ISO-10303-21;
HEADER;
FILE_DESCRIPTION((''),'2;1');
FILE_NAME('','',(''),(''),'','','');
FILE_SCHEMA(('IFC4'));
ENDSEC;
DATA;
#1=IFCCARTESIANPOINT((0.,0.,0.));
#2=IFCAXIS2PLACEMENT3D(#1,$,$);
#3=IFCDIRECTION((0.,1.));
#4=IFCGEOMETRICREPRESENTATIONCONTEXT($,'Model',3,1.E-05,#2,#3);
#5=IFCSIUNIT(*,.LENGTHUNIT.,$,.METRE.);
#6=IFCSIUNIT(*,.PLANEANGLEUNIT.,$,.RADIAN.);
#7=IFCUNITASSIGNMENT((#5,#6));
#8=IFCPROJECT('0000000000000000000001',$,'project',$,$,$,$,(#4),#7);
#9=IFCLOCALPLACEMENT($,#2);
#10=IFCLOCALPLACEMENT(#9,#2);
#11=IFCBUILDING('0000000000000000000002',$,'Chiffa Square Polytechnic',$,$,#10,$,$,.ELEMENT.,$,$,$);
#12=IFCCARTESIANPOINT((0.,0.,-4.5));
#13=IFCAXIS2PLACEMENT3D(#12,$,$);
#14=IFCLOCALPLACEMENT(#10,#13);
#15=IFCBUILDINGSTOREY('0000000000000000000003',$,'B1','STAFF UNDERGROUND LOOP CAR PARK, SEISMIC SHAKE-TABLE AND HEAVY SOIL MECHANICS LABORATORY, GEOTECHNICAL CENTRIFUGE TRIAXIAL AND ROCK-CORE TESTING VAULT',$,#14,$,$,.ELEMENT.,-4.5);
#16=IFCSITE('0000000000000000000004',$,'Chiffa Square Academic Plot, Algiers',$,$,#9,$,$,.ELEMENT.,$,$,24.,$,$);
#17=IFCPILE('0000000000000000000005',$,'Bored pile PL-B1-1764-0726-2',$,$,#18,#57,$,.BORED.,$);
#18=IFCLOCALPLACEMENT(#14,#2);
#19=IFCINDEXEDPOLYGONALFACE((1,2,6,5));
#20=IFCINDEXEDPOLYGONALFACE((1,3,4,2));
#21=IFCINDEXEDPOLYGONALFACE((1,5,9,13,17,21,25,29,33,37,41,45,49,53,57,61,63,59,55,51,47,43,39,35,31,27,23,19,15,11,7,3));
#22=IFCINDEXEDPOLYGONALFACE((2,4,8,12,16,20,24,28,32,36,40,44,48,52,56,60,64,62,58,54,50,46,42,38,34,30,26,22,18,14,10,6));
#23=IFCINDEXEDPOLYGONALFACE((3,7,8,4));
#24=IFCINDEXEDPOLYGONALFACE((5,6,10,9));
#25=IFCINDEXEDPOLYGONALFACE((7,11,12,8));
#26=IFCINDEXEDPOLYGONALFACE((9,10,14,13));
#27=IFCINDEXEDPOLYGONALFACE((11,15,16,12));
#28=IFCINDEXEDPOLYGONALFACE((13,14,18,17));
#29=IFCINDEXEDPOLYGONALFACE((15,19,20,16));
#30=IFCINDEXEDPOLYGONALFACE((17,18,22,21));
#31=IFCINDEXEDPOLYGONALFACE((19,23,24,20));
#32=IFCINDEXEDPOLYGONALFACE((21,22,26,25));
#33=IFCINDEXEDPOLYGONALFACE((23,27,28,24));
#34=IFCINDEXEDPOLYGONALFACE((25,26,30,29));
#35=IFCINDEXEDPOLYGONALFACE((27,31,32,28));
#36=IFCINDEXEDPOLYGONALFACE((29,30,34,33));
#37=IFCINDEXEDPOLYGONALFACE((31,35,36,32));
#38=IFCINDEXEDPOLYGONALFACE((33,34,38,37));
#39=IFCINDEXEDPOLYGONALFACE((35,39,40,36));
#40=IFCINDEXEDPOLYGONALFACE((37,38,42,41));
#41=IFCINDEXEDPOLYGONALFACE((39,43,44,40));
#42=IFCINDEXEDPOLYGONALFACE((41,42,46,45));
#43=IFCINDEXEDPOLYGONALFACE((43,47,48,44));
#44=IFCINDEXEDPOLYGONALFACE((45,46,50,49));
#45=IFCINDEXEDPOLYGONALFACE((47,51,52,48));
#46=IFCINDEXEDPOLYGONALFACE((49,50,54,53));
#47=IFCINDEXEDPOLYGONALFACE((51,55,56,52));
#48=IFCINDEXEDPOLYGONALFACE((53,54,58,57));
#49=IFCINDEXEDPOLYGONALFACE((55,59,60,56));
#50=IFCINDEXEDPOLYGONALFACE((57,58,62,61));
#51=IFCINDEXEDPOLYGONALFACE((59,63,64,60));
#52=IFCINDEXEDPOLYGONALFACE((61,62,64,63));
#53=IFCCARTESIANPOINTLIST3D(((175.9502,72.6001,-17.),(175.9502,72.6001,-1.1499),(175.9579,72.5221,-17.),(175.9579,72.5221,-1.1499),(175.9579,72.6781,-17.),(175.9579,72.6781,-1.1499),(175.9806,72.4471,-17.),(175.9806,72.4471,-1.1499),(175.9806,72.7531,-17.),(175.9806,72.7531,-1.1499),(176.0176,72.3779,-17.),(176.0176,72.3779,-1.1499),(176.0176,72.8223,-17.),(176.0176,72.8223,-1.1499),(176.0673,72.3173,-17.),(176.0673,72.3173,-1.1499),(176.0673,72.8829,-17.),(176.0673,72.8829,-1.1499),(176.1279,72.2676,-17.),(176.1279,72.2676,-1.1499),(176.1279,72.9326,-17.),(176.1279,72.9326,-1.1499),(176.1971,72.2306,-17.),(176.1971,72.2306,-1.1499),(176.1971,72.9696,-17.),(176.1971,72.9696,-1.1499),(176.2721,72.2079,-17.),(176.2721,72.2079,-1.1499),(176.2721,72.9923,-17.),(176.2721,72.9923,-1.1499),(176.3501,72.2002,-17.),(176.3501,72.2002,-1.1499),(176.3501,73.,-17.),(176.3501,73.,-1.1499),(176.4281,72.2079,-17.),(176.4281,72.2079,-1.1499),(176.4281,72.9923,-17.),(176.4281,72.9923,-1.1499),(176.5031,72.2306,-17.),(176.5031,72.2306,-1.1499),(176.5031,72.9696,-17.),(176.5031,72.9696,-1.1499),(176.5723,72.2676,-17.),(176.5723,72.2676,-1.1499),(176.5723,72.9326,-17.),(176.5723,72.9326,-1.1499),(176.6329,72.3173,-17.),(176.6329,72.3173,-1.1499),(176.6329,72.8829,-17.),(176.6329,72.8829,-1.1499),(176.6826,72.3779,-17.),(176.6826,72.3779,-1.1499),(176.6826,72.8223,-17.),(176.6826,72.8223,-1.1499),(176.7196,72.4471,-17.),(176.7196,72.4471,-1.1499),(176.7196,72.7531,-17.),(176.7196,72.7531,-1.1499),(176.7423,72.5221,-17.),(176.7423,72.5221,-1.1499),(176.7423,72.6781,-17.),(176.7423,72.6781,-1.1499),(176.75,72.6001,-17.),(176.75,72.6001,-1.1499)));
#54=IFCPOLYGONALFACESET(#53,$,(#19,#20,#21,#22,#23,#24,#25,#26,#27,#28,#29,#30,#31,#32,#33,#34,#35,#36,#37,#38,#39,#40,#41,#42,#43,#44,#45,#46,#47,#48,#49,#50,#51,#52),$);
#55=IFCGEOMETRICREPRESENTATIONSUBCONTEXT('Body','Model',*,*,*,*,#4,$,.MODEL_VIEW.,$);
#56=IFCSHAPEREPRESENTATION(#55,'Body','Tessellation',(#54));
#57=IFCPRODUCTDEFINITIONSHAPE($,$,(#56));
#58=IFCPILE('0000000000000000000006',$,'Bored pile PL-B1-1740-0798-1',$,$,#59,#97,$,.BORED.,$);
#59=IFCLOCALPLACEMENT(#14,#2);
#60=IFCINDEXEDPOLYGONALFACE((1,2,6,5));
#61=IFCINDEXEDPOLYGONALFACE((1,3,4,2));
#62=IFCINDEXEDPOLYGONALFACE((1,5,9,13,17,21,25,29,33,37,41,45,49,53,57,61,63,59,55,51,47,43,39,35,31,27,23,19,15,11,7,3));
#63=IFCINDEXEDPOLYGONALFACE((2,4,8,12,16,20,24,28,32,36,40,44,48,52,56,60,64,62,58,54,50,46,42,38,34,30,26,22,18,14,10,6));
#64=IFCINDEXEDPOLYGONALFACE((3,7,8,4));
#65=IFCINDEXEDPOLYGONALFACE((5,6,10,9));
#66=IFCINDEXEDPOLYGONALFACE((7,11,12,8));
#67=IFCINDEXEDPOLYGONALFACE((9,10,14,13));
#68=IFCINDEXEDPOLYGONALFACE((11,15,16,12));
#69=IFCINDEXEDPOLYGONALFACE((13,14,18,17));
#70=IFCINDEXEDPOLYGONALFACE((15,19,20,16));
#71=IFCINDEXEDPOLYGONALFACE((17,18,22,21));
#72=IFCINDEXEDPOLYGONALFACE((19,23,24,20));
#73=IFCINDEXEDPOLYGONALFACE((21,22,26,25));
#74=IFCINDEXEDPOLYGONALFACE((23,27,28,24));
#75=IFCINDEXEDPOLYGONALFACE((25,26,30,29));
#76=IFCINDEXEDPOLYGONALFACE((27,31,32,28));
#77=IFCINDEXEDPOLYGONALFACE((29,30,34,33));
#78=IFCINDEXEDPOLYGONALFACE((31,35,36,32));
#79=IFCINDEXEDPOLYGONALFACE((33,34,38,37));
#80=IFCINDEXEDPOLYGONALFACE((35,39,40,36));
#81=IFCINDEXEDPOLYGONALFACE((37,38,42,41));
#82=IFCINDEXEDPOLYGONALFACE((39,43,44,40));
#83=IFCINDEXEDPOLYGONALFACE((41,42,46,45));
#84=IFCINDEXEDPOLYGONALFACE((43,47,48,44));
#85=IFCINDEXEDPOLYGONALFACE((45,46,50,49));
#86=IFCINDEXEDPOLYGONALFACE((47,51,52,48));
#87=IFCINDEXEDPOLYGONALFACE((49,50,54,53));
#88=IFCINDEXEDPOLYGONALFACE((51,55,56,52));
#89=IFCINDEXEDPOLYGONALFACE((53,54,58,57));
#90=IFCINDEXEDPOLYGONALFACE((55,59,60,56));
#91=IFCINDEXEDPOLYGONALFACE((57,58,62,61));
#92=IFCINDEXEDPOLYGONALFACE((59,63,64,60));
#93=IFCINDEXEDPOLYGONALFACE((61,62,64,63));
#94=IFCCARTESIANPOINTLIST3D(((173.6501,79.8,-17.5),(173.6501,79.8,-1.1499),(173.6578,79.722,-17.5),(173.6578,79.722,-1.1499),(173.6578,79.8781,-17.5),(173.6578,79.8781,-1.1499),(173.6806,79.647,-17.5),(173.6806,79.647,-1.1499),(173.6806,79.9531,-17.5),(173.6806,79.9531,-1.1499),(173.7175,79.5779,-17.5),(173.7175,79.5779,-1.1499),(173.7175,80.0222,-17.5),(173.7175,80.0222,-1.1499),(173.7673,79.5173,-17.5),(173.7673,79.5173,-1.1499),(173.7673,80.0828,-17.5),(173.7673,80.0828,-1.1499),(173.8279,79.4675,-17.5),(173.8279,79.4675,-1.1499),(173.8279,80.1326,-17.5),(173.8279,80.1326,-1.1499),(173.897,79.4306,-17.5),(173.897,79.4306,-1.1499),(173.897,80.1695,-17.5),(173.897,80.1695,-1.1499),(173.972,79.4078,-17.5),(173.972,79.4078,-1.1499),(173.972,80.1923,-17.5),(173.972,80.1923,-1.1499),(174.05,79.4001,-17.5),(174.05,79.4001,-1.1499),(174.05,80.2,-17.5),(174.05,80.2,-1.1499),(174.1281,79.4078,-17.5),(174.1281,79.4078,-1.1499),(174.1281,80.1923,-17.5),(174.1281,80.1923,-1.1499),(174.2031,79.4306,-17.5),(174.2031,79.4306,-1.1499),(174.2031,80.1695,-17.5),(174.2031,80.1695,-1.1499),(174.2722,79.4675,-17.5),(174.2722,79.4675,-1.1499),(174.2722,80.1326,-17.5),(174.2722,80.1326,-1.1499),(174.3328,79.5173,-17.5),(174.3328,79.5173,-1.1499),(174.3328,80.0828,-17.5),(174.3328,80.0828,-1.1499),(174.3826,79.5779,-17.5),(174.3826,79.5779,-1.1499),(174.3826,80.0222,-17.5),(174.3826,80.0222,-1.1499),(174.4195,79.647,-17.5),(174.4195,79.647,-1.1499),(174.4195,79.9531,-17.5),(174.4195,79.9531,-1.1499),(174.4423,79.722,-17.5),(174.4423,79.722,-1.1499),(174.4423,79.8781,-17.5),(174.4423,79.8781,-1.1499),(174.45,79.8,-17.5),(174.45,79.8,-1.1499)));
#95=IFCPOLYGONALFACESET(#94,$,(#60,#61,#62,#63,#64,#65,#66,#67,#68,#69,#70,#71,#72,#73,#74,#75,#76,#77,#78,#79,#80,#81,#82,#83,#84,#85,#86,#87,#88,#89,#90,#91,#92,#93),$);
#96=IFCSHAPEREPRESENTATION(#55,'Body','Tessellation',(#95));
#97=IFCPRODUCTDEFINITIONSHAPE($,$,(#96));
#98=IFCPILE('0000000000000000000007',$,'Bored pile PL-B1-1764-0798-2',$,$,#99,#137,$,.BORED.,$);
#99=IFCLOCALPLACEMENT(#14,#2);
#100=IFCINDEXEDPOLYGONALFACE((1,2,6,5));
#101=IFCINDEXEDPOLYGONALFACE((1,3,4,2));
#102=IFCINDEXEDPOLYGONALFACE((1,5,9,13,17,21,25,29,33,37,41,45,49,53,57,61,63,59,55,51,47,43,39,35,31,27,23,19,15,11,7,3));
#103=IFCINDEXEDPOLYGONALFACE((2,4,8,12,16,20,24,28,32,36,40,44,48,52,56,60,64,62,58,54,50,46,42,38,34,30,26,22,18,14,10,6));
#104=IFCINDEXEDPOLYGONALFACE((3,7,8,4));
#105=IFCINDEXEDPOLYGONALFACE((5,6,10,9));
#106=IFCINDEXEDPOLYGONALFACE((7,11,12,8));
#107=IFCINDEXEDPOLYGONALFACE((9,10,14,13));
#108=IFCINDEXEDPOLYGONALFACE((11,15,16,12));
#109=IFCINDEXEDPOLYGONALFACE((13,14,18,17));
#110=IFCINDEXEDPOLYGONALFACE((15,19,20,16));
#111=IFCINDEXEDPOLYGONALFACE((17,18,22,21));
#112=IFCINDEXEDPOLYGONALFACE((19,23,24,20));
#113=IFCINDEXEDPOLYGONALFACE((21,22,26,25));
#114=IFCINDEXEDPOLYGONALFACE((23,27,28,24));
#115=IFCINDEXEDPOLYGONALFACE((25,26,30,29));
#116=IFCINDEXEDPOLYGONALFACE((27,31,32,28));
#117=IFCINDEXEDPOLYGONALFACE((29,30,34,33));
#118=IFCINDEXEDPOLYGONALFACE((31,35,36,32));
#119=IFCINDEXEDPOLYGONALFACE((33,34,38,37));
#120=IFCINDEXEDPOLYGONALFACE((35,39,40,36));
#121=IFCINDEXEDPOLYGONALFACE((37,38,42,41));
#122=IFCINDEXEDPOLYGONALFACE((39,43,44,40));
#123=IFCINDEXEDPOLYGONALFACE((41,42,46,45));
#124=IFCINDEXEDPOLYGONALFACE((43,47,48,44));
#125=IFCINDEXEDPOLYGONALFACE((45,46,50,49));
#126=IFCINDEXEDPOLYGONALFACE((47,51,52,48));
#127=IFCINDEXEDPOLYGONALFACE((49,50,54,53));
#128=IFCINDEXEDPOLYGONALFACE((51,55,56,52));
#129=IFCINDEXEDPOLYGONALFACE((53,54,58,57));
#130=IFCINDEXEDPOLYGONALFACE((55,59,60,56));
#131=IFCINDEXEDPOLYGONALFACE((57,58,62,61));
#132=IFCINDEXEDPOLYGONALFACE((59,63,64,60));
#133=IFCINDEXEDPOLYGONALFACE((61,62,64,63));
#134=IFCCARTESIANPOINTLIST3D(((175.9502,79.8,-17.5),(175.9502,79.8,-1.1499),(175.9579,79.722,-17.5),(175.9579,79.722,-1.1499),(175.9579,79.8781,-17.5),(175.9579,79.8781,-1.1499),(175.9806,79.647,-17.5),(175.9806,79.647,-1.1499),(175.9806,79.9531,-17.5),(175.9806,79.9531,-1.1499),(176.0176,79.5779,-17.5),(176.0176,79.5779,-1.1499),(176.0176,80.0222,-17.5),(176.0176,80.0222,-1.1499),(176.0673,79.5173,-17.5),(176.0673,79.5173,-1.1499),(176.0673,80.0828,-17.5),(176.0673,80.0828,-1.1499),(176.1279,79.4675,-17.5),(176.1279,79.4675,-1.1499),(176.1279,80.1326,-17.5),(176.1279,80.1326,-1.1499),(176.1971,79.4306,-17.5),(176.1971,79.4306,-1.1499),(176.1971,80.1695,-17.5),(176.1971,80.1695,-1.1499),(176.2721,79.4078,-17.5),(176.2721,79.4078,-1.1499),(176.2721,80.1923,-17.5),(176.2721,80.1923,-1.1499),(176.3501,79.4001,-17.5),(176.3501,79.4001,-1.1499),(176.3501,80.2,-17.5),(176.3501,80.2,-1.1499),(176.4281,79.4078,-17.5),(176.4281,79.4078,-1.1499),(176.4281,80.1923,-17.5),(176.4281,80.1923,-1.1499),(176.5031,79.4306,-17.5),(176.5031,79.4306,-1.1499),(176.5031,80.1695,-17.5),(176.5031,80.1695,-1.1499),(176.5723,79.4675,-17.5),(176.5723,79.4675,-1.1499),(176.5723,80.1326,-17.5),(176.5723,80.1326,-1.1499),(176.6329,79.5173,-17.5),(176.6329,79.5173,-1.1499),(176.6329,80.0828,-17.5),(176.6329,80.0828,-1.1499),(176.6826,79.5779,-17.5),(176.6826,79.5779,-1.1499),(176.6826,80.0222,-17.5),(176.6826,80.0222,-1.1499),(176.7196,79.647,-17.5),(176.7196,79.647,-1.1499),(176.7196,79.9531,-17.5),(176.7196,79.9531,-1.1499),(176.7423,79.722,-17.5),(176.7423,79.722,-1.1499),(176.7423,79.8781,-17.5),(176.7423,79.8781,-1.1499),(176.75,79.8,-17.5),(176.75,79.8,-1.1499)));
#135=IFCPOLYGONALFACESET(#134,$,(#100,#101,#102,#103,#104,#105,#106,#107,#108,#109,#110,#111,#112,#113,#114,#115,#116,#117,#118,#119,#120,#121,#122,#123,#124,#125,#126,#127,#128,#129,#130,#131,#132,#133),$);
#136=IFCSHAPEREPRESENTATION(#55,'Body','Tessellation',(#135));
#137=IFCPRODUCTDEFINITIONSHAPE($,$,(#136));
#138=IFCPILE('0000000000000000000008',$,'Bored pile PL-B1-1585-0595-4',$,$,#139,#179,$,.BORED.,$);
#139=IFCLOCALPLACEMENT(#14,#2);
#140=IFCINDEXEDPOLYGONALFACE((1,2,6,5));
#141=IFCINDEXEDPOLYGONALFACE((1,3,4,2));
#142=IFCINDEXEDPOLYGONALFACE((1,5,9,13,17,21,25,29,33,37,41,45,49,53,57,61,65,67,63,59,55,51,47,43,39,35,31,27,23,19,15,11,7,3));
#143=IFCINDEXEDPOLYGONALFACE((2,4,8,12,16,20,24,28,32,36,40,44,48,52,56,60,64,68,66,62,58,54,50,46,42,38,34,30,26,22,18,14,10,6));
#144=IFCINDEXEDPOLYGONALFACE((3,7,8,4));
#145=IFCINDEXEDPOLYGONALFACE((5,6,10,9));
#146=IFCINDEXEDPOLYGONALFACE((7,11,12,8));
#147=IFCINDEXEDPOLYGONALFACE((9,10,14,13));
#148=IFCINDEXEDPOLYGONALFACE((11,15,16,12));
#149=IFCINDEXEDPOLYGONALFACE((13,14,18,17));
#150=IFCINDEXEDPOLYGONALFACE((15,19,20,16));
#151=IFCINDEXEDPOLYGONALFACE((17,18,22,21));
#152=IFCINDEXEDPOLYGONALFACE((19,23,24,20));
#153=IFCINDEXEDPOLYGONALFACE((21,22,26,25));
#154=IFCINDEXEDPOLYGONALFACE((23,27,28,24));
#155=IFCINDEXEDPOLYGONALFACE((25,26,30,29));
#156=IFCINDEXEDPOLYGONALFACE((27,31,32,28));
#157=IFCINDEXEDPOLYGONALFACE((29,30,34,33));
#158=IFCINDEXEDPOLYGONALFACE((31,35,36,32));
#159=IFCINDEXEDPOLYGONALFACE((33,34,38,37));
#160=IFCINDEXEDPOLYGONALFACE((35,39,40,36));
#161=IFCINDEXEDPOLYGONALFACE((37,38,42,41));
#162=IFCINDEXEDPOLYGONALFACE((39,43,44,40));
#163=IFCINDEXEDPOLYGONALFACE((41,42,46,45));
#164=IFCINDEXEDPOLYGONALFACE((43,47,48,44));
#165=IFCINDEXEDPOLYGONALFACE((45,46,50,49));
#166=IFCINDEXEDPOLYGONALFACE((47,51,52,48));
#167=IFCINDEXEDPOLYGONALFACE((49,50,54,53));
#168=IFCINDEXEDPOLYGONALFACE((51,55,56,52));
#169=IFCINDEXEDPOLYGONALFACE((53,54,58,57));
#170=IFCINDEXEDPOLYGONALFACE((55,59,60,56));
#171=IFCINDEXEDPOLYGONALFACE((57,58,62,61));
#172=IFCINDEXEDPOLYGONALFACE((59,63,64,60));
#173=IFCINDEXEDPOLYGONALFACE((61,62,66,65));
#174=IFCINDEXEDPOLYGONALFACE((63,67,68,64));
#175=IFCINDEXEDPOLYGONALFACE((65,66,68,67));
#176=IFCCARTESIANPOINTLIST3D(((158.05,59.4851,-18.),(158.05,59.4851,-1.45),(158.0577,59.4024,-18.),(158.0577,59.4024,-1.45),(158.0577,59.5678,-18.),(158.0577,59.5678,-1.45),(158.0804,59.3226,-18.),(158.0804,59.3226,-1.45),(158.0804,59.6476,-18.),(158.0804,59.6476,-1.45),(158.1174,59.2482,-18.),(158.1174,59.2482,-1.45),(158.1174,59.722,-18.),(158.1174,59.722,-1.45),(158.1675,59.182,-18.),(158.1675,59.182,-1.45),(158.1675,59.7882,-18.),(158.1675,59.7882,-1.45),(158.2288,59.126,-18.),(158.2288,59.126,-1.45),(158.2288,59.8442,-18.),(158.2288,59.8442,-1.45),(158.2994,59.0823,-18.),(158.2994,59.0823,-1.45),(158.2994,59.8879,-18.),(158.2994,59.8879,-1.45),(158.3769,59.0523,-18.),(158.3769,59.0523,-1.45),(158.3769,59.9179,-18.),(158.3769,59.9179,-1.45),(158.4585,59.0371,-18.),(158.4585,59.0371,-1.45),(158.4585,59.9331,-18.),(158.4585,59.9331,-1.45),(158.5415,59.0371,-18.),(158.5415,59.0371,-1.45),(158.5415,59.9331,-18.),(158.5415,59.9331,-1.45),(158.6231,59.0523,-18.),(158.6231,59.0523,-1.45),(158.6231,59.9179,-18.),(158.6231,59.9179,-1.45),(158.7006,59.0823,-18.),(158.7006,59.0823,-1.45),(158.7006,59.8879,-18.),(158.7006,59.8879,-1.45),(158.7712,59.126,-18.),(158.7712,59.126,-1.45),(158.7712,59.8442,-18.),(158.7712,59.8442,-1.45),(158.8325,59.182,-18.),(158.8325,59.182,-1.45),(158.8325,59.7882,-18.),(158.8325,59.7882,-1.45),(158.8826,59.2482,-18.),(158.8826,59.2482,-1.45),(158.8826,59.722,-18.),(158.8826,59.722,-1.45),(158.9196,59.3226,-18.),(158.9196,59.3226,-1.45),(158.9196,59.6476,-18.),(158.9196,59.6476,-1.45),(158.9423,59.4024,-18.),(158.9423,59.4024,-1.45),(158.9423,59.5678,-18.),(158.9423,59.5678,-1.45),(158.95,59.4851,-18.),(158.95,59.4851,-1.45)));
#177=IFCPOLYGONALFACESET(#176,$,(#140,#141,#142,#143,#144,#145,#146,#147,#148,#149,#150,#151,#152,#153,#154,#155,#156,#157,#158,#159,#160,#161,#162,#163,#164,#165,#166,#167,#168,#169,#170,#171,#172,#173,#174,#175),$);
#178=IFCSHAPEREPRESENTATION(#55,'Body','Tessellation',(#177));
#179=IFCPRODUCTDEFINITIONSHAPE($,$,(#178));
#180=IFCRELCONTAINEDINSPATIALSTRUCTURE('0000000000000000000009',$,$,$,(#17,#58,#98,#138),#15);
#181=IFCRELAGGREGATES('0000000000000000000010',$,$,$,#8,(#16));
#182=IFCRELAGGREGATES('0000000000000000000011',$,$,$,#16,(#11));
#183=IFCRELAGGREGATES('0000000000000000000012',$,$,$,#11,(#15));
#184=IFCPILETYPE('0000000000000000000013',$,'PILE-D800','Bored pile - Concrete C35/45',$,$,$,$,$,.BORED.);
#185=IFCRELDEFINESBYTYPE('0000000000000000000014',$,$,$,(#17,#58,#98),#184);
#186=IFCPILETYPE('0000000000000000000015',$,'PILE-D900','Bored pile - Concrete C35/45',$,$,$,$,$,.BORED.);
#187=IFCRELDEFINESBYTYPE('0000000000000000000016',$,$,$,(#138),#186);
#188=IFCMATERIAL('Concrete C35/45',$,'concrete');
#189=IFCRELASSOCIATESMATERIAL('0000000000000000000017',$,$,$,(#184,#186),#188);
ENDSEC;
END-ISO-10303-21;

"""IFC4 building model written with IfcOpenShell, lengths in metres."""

from ifc_helpers import new_model, si_unit, direction, frame, origin, origin_2d, place, context, subcontext, project, spatial, circle, extrude, material, material_profile, profile_set, type_object, element, save


model = new_model("IFC4")

# Units and contexts
model_context = context("Model", 3, precision=1e-05, world=origin(), true_north=direction((0.0, 1.0)))
body_context = subcontext(model_context, "Body", "Model", "MODEL_VIEW")
ifc_project = project(units=[si_unit("LENGTHUNIT", "METRE"), si_unit("PLANEANGLEUNIT", "RADIAN")], contexts=[model_context])

# Site, building, storey
site_placement = place(None, origin())
site = spatial("IfcSite", under=ifc_project, at=site_placement, Name="Chiffa Square Academic Plot, Algiers", CompositionType="ELEMENT", RefElevation=24.0)
building_placement = place(site_placement, origin())
building = spatial("IfcBuilding", under=site, at=building_placement, Name="Chiffa Square Polytechnic", CompositionType="ELEMENT")
storey_placement = place(building_placement, frame((0.0, 0.0, -4.5)))
storey = spatial("IfcBuildingStorey", under=building, at=storey_placement, Name="B1", Description="STAFF UNDERGROUND LOOP CAR PARK, SEISMIC SHAKE-TABLE AND HEAVY SOIL MECHANICS LABORATORY, GEOTECHNICAL CENTRIFUGE TRIAXIAL AND ROCK-CORE TESTING VAULT", CompositionType="ELEMENT", Elevation=-4.5)

# Shared definitions
ifc_material = material(Name="Concrete C35/45", Category="concrete")

# Piles
ifc_material_profile_1 = material_profile(ifc_material, circle(Radius=0.3999, at=origin_2d()), Name="PILE D800")
ifc_profile_set_1 = profile_set([ifc_material_profile_1], Name="Concrete C35/45")
pile_type_1 = type_object("IfcPileType", Name="PILE-D800", Description="Bored pile - Concrete C35/45", PredefinedType="BORED", material=ifc_profile_set_1)
for number, where, z_axis, x_axis, name in (
    (1, (176.3501, 72.6001, -1.1499), (0.0, 0.0, -1.0), (1.0, 0.0, 0.0), "Bored pile PL-B1-1764-0726-2"),
):
    element("IfcPile", number, at=place(storey_placement, frame(where, z_axis=z_axis, x_axis=x_axis)), inside=storey, type_object=pile_type_1, Name=name, PredefinedType="BORED", context=body_context, shape_type="SweptSolid", body=[
        extrude(circle(Radius=0.3999, at=origin_2d()), origin(), (0.0, 0.0, 1.0), 15.8501),
    ])
for number, where, z_axis, x_axis, name in (
    (2, (174.05, 79.8, -1.1499), (0.0, 0.0, -1.0), (1.0, 0.0, 0.0), "Bored pile PL-B1-1740-0798-1"),
    (3, (176.3501, 79.8, -1.1499), (0.0, 0.0, -1.0), (1.0, 0.0, 0.0), "Bored pile PL-B1-1764-0798-2"),
):
    element("IfcPile", number, at=place(storey_placement, frame(where, z_axis=z_axis, x_axis=x_axis)), inside=storey, type_object=pile_type_1, Name=name, PredefinedType="BORED", context=body_context, shape_type="SweptSolid", body=[
        extrude(circle(Radius=0.3999, at=origin_2d()), origin(), (0.0, 0.0, 1.0), 16.3501),
    ])
ifc_material_profile_2 = material_profile(ifc_material, circle(Radius=0.45, at=origin_2d()), Name="PILE D900")
ifc_profile_set_2 = profile_set([ifc_material_profile_2], Name="Concrete C35/45")
pile_type_2 = type_object("IfcPileType", Name="PILE-D900", Description="Bored pile - Concrete C35/45", PredefinedType="BORED", material=ifc_profile_set_2)
pile_placement = place(storey_placement, frame((158.5, 59.4851, -1.45), z_axis=(0.0, 0.0, -1.0), x_axis=(1.0, 0.0, 0.0)))
element("IfcPile", 4, at=pile_placement, inside=storey, type_object=pile_type_2, Name="Bored pile PL-B1-1585-0595-4", PredefinedType="BORED", context=body_context, shape_type="SweptSolid", body=[
    extrude(circle(Radius=0.45, at=origin_2d()), origin(), (0.0, 0.0, 1.0), 16.55),
])

save(model, "model.ifc")
